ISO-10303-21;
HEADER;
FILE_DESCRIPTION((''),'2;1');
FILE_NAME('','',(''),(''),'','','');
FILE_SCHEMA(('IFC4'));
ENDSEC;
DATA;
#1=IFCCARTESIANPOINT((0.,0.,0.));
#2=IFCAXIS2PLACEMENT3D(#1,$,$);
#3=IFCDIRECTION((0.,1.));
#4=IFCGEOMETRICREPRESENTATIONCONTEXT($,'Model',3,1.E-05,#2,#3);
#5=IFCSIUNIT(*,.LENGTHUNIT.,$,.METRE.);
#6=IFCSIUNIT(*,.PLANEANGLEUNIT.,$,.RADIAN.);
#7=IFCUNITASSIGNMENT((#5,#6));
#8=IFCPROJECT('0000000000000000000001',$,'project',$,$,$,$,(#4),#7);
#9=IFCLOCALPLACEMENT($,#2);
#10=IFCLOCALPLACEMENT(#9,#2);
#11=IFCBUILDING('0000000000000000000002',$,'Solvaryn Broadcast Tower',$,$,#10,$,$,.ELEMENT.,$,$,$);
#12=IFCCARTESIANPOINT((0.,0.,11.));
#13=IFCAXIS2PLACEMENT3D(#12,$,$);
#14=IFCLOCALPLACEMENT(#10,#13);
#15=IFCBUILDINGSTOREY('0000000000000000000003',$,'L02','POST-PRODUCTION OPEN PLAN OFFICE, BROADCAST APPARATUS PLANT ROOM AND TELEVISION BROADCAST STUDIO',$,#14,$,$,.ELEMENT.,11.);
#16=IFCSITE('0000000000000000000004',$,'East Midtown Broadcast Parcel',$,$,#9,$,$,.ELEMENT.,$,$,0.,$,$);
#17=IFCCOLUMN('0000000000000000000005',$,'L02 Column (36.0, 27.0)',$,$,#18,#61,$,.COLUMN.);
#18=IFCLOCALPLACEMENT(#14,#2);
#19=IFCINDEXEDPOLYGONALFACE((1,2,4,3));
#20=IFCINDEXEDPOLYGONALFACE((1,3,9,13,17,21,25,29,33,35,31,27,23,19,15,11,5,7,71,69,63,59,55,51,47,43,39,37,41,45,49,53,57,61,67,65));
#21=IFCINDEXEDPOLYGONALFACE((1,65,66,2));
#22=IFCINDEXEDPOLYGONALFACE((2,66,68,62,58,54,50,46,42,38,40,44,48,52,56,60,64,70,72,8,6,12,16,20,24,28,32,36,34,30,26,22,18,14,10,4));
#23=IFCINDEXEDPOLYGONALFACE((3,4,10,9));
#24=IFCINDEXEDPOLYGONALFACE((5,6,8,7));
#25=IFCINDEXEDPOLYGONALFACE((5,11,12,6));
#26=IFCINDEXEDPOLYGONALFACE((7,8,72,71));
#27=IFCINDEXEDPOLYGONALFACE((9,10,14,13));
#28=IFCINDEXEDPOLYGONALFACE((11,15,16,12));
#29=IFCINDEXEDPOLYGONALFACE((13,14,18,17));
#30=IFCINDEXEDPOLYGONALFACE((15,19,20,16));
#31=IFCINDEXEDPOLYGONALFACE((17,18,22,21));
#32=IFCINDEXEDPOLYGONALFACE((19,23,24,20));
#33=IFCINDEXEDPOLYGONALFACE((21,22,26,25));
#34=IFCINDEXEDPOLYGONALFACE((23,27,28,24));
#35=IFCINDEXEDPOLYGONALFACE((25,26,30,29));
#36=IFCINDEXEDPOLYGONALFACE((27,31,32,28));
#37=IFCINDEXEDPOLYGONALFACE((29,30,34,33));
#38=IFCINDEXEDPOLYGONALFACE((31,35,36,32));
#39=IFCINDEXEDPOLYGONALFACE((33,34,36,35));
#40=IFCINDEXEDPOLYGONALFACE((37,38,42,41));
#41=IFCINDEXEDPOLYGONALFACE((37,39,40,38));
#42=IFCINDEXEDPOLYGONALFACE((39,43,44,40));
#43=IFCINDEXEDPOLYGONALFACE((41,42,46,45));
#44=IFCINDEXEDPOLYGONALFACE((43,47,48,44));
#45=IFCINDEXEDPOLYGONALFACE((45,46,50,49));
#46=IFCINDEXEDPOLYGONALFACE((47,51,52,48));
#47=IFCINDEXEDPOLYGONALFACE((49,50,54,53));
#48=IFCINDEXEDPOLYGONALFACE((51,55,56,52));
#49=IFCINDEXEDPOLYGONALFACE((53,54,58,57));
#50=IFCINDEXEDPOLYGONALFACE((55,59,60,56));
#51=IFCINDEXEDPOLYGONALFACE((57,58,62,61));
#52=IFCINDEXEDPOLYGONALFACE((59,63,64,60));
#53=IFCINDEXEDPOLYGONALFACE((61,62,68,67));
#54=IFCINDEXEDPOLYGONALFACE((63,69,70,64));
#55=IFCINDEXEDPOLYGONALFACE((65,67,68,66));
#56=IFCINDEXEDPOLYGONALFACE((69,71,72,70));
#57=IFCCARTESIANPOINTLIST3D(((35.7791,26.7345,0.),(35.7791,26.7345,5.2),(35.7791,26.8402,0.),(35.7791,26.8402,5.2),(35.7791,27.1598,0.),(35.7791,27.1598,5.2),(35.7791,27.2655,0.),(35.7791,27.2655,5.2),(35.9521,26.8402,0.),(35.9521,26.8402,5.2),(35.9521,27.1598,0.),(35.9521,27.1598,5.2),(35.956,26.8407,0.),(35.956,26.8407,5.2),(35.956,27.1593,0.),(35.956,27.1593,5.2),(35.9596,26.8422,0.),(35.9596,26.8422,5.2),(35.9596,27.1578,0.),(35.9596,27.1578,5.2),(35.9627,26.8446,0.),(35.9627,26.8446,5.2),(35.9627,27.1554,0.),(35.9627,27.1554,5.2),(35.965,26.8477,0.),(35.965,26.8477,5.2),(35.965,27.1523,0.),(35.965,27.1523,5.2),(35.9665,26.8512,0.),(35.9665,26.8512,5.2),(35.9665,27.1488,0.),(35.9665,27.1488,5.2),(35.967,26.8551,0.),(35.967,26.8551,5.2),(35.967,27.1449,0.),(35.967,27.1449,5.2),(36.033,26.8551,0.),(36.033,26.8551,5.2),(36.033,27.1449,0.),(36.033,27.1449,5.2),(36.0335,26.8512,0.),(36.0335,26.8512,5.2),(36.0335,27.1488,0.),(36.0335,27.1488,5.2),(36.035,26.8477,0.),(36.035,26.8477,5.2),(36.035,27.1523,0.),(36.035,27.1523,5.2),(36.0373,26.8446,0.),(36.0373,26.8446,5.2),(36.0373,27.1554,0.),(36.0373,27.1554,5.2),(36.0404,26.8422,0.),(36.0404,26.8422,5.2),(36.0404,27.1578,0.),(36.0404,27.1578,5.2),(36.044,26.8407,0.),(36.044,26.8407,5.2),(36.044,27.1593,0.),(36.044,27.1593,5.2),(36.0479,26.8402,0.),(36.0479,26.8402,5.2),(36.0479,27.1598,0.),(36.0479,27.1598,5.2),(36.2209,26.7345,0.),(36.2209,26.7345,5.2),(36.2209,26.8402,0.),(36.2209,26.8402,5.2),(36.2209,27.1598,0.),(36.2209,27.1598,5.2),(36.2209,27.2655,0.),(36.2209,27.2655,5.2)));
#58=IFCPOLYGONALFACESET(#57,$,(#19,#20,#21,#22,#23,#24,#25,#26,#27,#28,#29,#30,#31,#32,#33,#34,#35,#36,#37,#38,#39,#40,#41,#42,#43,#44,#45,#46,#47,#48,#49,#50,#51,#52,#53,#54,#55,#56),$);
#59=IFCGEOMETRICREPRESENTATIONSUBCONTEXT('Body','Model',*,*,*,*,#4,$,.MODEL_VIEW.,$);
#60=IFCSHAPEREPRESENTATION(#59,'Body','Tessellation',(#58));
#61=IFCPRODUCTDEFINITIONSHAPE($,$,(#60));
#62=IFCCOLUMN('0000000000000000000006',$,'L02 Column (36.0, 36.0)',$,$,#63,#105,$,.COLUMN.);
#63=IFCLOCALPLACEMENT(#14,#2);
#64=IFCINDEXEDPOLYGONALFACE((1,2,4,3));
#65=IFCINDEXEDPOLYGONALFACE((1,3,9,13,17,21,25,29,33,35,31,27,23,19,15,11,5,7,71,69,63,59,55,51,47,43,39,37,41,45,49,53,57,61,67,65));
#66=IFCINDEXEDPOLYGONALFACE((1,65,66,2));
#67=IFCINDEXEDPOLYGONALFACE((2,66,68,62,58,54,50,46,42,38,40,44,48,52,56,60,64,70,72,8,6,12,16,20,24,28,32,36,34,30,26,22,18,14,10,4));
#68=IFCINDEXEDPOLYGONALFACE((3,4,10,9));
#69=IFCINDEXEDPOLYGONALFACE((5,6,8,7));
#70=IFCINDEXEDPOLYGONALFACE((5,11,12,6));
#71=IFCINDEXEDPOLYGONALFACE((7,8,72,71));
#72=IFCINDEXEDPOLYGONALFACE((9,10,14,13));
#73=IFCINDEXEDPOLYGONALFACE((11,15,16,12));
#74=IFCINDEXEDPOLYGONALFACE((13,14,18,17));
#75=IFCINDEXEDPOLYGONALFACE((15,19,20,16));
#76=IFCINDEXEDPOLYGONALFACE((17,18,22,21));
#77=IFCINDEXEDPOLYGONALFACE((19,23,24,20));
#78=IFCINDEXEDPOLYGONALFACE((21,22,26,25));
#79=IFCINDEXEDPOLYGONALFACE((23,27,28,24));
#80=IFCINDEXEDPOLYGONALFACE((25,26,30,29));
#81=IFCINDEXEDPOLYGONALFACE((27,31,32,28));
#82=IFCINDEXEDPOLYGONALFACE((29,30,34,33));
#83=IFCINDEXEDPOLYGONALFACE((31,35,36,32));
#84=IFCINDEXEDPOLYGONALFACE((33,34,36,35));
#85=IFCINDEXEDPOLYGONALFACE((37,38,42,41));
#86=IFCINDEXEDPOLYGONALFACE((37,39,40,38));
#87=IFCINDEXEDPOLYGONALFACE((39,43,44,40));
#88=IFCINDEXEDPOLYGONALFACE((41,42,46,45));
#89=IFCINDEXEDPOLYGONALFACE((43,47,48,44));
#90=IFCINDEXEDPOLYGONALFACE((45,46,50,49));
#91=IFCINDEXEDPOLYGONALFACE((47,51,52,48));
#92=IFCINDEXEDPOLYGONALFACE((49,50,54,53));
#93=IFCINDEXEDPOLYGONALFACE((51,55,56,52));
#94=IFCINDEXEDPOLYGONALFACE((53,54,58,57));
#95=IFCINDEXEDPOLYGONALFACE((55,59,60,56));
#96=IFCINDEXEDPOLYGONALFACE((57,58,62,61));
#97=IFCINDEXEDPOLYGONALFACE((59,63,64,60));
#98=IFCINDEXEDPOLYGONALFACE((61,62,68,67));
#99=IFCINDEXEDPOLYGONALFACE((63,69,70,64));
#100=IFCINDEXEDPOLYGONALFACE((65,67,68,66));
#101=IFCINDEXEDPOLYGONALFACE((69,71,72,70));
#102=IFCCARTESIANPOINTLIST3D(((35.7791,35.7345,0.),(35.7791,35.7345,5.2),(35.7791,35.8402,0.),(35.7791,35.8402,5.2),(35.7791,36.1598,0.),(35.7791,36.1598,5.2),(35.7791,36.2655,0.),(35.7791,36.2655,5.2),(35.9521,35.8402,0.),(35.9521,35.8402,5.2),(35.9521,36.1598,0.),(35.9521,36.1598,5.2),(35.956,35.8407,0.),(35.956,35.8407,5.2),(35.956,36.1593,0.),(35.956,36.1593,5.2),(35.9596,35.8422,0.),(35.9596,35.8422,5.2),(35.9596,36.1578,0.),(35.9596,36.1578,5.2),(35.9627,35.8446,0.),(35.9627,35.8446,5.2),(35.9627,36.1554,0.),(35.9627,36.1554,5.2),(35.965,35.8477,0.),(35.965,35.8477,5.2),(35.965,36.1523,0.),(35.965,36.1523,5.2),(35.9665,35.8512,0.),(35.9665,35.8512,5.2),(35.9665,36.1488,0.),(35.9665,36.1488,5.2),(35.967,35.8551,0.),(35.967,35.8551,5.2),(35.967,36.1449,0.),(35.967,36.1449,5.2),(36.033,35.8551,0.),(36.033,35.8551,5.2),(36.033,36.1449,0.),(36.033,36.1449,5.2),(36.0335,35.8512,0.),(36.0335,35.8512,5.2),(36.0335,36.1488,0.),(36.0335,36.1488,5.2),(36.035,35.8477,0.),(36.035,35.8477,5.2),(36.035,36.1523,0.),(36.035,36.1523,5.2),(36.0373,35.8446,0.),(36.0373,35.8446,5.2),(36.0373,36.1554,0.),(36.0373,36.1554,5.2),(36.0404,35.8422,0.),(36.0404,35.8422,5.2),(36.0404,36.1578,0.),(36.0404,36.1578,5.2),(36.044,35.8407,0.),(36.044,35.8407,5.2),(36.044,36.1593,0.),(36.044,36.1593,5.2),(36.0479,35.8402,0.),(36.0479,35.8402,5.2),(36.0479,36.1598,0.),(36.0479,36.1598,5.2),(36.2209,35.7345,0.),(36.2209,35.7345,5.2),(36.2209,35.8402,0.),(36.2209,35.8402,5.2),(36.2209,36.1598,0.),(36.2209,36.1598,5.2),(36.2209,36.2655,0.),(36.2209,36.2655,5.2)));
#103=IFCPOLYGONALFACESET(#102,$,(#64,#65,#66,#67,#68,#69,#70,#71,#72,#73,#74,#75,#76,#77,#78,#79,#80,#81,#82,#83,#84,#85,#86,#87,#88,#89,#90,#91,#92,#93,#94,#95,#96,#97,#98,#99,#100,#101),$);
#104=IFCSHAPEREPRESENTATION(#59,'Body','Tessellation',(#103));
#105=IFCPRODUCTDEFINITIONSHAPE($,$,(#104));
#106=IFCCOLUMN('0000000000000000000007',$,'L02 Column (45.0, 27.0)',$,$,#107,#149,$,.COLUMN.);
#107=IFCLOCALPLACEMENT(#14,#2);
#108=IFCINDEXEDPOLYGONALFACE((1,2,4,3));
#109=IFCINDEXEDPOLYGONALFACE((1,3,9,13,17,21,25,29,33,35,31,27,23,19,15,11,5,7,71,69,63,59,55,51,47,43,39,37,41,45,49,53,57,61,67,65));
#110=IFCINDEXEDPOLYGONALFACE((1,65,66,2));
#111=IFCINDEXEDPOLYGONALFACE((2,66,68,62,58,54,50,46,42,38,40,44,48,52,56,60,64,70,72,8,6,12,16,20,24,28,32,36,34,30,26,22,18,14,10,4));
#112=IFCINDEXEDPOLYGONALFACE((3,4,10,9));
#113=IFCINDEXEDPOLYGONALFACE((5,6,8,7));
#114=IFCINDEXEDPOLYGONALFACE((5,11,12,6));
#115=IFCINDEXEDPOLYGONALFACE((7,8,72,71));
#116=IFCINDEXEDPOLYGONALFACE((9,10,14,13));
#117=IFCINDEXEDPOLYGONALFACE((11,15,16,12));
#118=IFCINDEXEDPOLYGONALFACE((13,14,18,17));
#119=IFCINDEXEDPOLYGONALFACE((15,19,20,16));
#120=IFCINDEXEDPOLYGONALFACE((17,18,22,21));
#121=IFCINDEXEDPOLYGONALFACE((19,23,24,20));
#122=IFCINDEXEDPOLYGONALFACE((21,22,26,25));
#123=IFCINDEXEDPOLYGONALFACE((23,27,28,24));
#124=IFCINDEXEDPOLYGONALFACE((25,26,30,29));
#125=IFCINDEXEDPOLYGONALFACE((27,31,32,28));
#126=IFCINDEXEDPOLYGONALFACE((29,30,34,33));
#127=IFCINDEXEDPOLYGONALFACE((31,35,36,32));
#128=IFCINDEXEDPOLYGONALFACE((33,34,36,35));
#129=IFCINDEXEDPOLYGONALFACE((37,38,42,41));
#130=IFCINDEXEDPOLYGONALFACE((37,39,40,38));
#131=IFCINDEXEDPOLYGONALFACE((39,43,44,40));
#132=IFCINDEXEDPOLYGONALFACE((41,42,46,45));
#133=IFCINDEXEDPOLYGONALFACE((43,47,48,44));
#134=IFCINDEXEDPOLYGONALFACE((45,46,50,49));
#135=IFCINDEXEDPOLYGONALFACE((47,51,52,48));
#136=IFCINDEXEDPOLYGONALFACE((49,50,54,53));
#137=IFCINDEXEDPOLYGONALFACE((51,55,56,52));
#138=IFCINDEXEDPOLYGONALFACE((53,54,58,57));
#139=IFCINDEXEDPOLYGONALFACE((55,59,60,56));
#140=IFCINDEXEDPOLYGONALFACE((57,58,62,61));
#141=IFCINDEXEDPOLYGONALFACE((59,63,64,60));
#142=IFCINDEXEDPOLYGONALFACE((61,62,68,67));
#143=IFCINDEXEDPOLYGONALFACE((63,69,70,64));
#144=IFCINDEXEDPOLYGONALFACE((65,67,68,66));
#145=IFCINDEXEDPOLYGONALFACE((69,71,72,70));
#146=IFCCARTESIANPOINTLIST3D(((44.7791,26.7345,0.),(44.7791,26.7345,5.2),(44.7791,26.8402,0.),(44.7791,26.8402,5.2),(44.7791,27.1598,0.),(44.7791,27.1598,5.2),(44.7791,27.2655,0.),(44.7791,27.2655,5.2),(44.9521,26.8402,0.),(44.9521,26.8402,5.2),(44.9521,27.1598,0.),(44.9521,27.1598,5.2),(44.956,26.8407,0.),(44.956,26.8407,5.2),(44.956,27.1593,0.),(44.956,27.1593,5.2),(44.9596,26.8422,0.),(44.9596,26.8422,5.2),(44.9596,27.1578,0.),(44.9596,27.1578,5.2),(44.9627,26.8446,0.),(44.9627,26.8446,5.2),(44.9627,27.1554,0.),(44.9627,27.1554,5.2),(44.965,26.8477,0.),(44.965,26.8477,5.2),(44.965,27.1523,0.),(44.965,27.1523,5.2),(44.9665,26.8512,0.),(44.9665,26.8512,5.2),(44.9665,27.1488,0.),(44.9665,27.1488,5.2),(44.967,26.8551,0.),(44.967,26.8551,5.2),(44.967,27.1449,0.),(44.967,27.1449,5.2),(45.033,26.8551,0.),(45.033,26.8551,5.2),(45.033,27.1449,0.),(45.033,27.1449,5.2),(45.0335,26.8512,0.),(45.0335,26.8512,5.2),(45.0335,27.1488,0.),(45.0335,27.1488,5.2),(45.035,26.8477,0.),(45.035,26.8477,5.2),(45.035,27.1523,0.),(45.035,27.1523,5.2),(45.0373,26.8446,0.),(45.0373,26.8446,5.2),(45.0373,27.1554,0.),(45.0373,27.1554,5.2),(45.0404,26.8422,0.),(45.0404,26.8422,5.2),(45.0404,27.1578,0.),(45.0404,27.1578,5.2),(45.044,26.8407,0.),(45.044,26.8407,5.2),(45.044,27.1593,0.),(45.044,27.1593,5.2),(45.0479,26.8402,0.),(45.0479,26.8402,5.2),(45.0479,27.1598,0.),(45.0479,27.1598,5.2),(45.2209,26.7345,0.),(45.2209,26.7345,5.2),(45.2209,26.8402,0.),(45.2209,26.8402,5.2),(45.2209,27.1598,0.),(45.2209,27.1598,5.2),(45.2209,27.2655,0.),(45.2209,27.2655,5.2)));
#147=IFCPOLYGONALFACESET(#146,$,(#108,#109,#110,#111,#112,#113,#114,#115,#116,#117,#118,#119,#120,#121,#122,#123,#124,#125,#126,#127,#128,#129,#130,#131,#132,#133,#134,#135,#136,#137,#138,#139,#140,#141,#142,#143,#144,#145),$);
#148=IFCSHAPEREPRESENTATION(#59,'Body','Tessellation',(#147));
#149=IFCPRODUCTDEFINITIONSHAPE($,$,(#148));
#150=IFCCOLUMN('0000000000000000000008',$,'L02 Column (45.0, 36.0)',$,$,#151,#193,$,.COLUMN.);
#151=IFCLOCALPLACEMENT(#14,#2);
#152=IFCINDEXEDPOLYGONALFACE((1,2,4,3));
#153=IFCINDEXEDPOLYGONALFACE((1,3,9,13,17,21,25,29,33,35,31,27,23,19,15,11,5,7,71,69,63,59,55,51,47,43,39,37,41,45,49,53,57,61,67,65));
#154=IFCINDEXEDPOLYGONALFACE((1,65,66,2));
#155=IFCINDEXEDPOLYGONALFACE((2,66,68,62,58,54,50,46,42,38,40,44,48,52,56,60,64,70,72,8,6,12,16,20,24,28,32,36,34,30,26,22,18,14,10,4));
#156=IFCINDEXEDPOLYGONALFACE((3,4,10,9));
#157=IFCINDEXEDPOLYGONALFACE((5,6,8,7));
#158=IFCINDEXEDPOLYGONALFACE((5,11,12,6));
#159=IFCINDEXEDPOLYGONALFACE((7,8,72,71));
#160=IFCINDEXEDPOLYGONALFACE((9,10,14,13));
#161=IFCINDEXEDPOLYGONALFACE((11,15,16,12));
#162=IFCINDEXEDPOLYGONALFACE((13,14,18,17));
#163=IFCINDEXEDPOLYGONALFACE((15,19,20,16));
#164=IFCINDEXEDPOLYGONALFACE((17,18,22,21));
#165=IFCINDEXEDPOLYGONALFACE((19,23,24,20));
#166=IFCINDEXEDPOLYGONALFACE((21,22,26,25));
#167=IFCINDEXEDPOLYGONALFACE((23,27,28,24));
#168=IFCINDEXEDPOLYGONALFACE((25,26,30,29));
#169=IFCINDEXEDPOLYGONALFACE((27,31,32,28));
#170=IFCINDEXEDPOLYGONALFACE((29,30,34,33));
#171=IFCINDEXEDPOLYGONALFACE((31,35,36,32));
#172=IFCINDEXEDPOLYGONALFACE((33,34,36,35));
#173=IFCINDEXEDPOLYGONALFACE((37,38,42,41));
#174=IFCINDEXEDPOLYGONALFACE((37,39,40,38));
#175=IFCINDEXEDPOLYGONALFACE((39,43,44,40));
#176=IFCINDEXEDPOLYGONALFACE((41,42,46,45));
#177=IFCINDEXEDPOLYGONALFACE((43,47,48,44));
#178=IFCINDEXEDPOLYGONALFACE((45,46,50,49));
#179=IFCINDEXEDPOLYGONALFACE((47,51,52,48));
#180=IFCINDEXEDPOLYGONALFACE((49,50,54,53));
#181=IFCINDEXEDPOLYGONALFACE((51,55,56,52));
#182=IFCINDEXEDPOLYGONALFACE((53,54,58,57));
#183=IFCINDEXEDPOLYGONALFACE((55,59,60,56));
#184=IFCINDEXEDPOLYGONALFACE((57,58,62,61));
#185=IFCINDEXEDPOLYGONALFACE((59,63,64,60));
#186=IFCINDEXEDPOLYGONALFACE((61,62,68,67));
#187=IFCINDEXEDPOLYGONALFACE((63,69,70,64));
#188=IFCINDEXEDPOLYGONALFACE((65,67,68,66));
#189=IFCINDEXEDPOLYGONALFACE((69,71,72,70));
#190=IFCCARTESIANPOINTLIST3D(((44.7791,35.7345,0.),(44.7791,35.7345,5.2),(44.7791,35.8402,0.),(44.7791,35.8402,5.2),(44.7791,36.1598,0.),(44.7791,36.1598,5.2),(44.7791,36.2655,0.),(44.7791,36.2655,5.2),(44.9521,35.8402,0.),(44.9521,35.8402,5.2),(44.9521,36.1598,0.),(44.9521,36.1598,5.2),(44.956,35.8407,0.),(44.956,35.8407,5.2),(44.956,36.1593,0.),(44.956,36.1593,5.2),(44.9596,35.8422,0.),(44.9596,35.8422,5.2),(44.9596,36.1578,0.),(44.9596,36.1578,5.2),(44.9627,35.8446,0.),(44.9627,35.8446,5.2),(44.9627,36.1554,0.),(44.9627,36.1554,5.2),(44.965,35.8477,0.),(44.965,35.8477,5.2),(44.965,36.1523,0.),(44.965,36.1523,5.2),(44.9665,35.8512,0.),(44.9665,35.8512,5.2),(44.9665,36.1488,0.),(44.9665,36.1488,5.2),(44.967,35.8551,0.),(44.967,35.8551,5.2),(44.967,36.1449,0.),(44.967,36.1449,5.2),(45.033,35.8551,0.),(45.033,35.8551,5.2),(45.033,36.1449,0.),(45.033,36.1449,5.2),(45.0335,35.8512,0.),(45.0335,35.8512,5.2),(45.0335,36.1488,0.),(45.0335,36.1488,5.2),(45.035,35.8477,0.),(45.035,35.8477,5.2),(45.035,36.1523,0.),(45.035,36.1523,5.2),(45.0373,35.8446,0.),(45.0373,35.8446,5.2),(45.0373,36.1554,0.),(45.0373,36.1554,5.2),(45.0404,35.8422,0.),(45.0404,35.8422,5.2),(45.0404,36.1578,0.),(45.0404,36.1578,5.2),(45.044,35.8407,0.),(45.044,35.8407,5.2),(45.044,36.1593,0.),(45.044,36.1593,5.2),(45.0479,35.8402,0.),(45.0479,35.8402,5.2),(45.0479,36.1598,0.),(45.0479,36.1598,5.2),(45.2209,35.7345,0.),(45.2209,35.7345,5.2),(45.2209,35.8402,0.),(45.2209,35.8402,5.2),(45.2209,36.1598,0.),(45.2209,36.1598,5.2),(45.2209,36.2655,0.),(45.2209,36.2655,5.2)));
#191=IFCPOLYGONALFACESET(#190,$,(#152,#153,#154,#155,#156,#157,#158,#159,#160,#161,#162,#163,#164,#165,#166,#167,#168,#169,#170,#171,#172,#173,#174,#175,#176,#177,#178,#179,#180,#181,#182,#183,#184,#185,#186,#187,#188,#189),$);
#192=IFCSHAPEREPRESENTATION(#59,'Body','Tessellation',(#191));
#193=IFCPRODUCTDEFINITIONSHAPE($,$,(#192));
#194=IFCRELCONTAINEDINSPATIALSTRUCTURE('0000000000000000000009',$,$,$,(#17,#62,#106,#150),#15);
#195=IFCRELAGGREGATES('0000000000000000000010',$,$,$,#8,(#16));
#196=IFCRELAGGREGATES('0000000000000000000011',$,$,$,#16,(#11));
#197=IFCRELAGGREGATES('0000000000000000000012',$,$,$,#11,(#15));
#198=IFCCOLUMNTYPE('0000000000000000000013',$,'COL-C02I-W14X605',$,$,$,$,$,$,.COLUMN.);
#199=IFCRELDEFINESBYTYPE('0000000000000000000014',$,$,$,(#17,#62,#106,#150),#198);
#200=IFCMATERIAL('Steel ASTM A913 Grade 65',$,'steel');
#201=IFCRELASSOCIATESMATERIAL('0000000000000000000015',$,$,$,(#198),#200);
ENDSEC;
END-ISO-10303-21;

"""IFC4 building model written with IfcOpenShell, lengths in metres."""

from ifc_helpers import new_model, si_unit, direction, frame, origin, origin_2d, place, context, subcontext, project, spatial, i_section, extrude, material, material_profile, profile_set, type_object, element, save


model = new_model("IFC4")

# Units and contexts
model_context = context("Model", 3, precision=1e-05, world=origin(), true_north=direction((0.0, 1.0)))
body_context = subcontext(model_context, "Body", "Model", "MODEL_VIEW")
ifc_project = project(units=[si_unit("LENGTHUNIT", "METRE"), si_unit("PLANEANGLEUNIT", "RADIAN")], contexts=[model_context])

# Site, building, storey
site_placement = place(None, origin())
site = spatial("IfcSite", under=ifc_project, at=site_placement, Name="East Midtown Broadcast Parcel", CompositionType="ELEMENT", RefElevation=0.0)
building_placement = place(site_placement, origin())
building = spatial("IfcBuilding", under=site, at=building_placement, Name="Solvaryn Broadcast Tower", CompositionType="ELEMENT")
storey_placement = place(building_placement, frame((0.0, 0.0, 11.0)))
storey = spatial("IfcBuildingStorey", under=building, at=storey_placement, Name="L02", Description="POST-PRODUCTION OPEN PLAN OFFICE, BROADCAST APPARATUS PLANT ROOM AND TELEVISION BROADCAST STUDIO", CompositionType="ELEMENT", Elevation=11.0)

# Columns
ifc_material_1 = material(Name="Steel ASTM A913 Grade 65", Category="steel")
ifc_material_profile_1 = material_profile(ifc_material_1, i_section(OverallWidth=0.4419, OverallDepth=0.531, WebThickness=0.0659, FlangeThickness=0.1057, FilletRadius=0.0149, at=origin_2d()))
ifc_profile_set_1 = profile_set([ifc_material_profile_1], Name="Steel ASTM A913 Grade 65")
column_type = type_object("IfcColumnType", Name="COL-C02I-W14X605", PredefinedType="COLUMN", material=ifc_profile_set_1)
for number, where, z_axis, x_axis, name in (
    (1, (36.0, 27.0, 0.0), (0.0, 0.0, 1.0), (1.0, 0.0, 0.0), "L02 Column (36.0, 27.0)"),
    (2, (36.0, 36.0, 0.0), (0.0, 0.0, 1.0), (1.0, 0.0, 0.0), "L02 Column (36.0, 36.0)"),
    (3, (45.0, 27.0, 0.0), (0.0, 0.0, 1.0), (1.0, 0.0, 0.0), "L02 Column (45.0, 27.0)"),
    (4, (45.0, 36.0, 0.0), (0.0, 0.0, 1.0), (1.0, 0.0, 0.0), "L02 Column (45.0, 36.0)"),
):
    element("IfcColumn", number, at=place(storey_placement, frame(where, z_axis=z_axis, x_axis=x_axis)), inside=storey, type_object=column_type, Name=name, PredefinedType="COLUMN", context=body_context, shape_type="SweptSolid", body=[
        extrude(i_section(OverallWidth=0.4419, OverallDepth=0.531, WebThickness=0.0659, FlangeThickness=0.1057, FilletRadius=0.0149, at=origin_2d()), origin(), (0.0, 0.0, 1.0), 5.2),
    ])

save(model, "model.ifc")
